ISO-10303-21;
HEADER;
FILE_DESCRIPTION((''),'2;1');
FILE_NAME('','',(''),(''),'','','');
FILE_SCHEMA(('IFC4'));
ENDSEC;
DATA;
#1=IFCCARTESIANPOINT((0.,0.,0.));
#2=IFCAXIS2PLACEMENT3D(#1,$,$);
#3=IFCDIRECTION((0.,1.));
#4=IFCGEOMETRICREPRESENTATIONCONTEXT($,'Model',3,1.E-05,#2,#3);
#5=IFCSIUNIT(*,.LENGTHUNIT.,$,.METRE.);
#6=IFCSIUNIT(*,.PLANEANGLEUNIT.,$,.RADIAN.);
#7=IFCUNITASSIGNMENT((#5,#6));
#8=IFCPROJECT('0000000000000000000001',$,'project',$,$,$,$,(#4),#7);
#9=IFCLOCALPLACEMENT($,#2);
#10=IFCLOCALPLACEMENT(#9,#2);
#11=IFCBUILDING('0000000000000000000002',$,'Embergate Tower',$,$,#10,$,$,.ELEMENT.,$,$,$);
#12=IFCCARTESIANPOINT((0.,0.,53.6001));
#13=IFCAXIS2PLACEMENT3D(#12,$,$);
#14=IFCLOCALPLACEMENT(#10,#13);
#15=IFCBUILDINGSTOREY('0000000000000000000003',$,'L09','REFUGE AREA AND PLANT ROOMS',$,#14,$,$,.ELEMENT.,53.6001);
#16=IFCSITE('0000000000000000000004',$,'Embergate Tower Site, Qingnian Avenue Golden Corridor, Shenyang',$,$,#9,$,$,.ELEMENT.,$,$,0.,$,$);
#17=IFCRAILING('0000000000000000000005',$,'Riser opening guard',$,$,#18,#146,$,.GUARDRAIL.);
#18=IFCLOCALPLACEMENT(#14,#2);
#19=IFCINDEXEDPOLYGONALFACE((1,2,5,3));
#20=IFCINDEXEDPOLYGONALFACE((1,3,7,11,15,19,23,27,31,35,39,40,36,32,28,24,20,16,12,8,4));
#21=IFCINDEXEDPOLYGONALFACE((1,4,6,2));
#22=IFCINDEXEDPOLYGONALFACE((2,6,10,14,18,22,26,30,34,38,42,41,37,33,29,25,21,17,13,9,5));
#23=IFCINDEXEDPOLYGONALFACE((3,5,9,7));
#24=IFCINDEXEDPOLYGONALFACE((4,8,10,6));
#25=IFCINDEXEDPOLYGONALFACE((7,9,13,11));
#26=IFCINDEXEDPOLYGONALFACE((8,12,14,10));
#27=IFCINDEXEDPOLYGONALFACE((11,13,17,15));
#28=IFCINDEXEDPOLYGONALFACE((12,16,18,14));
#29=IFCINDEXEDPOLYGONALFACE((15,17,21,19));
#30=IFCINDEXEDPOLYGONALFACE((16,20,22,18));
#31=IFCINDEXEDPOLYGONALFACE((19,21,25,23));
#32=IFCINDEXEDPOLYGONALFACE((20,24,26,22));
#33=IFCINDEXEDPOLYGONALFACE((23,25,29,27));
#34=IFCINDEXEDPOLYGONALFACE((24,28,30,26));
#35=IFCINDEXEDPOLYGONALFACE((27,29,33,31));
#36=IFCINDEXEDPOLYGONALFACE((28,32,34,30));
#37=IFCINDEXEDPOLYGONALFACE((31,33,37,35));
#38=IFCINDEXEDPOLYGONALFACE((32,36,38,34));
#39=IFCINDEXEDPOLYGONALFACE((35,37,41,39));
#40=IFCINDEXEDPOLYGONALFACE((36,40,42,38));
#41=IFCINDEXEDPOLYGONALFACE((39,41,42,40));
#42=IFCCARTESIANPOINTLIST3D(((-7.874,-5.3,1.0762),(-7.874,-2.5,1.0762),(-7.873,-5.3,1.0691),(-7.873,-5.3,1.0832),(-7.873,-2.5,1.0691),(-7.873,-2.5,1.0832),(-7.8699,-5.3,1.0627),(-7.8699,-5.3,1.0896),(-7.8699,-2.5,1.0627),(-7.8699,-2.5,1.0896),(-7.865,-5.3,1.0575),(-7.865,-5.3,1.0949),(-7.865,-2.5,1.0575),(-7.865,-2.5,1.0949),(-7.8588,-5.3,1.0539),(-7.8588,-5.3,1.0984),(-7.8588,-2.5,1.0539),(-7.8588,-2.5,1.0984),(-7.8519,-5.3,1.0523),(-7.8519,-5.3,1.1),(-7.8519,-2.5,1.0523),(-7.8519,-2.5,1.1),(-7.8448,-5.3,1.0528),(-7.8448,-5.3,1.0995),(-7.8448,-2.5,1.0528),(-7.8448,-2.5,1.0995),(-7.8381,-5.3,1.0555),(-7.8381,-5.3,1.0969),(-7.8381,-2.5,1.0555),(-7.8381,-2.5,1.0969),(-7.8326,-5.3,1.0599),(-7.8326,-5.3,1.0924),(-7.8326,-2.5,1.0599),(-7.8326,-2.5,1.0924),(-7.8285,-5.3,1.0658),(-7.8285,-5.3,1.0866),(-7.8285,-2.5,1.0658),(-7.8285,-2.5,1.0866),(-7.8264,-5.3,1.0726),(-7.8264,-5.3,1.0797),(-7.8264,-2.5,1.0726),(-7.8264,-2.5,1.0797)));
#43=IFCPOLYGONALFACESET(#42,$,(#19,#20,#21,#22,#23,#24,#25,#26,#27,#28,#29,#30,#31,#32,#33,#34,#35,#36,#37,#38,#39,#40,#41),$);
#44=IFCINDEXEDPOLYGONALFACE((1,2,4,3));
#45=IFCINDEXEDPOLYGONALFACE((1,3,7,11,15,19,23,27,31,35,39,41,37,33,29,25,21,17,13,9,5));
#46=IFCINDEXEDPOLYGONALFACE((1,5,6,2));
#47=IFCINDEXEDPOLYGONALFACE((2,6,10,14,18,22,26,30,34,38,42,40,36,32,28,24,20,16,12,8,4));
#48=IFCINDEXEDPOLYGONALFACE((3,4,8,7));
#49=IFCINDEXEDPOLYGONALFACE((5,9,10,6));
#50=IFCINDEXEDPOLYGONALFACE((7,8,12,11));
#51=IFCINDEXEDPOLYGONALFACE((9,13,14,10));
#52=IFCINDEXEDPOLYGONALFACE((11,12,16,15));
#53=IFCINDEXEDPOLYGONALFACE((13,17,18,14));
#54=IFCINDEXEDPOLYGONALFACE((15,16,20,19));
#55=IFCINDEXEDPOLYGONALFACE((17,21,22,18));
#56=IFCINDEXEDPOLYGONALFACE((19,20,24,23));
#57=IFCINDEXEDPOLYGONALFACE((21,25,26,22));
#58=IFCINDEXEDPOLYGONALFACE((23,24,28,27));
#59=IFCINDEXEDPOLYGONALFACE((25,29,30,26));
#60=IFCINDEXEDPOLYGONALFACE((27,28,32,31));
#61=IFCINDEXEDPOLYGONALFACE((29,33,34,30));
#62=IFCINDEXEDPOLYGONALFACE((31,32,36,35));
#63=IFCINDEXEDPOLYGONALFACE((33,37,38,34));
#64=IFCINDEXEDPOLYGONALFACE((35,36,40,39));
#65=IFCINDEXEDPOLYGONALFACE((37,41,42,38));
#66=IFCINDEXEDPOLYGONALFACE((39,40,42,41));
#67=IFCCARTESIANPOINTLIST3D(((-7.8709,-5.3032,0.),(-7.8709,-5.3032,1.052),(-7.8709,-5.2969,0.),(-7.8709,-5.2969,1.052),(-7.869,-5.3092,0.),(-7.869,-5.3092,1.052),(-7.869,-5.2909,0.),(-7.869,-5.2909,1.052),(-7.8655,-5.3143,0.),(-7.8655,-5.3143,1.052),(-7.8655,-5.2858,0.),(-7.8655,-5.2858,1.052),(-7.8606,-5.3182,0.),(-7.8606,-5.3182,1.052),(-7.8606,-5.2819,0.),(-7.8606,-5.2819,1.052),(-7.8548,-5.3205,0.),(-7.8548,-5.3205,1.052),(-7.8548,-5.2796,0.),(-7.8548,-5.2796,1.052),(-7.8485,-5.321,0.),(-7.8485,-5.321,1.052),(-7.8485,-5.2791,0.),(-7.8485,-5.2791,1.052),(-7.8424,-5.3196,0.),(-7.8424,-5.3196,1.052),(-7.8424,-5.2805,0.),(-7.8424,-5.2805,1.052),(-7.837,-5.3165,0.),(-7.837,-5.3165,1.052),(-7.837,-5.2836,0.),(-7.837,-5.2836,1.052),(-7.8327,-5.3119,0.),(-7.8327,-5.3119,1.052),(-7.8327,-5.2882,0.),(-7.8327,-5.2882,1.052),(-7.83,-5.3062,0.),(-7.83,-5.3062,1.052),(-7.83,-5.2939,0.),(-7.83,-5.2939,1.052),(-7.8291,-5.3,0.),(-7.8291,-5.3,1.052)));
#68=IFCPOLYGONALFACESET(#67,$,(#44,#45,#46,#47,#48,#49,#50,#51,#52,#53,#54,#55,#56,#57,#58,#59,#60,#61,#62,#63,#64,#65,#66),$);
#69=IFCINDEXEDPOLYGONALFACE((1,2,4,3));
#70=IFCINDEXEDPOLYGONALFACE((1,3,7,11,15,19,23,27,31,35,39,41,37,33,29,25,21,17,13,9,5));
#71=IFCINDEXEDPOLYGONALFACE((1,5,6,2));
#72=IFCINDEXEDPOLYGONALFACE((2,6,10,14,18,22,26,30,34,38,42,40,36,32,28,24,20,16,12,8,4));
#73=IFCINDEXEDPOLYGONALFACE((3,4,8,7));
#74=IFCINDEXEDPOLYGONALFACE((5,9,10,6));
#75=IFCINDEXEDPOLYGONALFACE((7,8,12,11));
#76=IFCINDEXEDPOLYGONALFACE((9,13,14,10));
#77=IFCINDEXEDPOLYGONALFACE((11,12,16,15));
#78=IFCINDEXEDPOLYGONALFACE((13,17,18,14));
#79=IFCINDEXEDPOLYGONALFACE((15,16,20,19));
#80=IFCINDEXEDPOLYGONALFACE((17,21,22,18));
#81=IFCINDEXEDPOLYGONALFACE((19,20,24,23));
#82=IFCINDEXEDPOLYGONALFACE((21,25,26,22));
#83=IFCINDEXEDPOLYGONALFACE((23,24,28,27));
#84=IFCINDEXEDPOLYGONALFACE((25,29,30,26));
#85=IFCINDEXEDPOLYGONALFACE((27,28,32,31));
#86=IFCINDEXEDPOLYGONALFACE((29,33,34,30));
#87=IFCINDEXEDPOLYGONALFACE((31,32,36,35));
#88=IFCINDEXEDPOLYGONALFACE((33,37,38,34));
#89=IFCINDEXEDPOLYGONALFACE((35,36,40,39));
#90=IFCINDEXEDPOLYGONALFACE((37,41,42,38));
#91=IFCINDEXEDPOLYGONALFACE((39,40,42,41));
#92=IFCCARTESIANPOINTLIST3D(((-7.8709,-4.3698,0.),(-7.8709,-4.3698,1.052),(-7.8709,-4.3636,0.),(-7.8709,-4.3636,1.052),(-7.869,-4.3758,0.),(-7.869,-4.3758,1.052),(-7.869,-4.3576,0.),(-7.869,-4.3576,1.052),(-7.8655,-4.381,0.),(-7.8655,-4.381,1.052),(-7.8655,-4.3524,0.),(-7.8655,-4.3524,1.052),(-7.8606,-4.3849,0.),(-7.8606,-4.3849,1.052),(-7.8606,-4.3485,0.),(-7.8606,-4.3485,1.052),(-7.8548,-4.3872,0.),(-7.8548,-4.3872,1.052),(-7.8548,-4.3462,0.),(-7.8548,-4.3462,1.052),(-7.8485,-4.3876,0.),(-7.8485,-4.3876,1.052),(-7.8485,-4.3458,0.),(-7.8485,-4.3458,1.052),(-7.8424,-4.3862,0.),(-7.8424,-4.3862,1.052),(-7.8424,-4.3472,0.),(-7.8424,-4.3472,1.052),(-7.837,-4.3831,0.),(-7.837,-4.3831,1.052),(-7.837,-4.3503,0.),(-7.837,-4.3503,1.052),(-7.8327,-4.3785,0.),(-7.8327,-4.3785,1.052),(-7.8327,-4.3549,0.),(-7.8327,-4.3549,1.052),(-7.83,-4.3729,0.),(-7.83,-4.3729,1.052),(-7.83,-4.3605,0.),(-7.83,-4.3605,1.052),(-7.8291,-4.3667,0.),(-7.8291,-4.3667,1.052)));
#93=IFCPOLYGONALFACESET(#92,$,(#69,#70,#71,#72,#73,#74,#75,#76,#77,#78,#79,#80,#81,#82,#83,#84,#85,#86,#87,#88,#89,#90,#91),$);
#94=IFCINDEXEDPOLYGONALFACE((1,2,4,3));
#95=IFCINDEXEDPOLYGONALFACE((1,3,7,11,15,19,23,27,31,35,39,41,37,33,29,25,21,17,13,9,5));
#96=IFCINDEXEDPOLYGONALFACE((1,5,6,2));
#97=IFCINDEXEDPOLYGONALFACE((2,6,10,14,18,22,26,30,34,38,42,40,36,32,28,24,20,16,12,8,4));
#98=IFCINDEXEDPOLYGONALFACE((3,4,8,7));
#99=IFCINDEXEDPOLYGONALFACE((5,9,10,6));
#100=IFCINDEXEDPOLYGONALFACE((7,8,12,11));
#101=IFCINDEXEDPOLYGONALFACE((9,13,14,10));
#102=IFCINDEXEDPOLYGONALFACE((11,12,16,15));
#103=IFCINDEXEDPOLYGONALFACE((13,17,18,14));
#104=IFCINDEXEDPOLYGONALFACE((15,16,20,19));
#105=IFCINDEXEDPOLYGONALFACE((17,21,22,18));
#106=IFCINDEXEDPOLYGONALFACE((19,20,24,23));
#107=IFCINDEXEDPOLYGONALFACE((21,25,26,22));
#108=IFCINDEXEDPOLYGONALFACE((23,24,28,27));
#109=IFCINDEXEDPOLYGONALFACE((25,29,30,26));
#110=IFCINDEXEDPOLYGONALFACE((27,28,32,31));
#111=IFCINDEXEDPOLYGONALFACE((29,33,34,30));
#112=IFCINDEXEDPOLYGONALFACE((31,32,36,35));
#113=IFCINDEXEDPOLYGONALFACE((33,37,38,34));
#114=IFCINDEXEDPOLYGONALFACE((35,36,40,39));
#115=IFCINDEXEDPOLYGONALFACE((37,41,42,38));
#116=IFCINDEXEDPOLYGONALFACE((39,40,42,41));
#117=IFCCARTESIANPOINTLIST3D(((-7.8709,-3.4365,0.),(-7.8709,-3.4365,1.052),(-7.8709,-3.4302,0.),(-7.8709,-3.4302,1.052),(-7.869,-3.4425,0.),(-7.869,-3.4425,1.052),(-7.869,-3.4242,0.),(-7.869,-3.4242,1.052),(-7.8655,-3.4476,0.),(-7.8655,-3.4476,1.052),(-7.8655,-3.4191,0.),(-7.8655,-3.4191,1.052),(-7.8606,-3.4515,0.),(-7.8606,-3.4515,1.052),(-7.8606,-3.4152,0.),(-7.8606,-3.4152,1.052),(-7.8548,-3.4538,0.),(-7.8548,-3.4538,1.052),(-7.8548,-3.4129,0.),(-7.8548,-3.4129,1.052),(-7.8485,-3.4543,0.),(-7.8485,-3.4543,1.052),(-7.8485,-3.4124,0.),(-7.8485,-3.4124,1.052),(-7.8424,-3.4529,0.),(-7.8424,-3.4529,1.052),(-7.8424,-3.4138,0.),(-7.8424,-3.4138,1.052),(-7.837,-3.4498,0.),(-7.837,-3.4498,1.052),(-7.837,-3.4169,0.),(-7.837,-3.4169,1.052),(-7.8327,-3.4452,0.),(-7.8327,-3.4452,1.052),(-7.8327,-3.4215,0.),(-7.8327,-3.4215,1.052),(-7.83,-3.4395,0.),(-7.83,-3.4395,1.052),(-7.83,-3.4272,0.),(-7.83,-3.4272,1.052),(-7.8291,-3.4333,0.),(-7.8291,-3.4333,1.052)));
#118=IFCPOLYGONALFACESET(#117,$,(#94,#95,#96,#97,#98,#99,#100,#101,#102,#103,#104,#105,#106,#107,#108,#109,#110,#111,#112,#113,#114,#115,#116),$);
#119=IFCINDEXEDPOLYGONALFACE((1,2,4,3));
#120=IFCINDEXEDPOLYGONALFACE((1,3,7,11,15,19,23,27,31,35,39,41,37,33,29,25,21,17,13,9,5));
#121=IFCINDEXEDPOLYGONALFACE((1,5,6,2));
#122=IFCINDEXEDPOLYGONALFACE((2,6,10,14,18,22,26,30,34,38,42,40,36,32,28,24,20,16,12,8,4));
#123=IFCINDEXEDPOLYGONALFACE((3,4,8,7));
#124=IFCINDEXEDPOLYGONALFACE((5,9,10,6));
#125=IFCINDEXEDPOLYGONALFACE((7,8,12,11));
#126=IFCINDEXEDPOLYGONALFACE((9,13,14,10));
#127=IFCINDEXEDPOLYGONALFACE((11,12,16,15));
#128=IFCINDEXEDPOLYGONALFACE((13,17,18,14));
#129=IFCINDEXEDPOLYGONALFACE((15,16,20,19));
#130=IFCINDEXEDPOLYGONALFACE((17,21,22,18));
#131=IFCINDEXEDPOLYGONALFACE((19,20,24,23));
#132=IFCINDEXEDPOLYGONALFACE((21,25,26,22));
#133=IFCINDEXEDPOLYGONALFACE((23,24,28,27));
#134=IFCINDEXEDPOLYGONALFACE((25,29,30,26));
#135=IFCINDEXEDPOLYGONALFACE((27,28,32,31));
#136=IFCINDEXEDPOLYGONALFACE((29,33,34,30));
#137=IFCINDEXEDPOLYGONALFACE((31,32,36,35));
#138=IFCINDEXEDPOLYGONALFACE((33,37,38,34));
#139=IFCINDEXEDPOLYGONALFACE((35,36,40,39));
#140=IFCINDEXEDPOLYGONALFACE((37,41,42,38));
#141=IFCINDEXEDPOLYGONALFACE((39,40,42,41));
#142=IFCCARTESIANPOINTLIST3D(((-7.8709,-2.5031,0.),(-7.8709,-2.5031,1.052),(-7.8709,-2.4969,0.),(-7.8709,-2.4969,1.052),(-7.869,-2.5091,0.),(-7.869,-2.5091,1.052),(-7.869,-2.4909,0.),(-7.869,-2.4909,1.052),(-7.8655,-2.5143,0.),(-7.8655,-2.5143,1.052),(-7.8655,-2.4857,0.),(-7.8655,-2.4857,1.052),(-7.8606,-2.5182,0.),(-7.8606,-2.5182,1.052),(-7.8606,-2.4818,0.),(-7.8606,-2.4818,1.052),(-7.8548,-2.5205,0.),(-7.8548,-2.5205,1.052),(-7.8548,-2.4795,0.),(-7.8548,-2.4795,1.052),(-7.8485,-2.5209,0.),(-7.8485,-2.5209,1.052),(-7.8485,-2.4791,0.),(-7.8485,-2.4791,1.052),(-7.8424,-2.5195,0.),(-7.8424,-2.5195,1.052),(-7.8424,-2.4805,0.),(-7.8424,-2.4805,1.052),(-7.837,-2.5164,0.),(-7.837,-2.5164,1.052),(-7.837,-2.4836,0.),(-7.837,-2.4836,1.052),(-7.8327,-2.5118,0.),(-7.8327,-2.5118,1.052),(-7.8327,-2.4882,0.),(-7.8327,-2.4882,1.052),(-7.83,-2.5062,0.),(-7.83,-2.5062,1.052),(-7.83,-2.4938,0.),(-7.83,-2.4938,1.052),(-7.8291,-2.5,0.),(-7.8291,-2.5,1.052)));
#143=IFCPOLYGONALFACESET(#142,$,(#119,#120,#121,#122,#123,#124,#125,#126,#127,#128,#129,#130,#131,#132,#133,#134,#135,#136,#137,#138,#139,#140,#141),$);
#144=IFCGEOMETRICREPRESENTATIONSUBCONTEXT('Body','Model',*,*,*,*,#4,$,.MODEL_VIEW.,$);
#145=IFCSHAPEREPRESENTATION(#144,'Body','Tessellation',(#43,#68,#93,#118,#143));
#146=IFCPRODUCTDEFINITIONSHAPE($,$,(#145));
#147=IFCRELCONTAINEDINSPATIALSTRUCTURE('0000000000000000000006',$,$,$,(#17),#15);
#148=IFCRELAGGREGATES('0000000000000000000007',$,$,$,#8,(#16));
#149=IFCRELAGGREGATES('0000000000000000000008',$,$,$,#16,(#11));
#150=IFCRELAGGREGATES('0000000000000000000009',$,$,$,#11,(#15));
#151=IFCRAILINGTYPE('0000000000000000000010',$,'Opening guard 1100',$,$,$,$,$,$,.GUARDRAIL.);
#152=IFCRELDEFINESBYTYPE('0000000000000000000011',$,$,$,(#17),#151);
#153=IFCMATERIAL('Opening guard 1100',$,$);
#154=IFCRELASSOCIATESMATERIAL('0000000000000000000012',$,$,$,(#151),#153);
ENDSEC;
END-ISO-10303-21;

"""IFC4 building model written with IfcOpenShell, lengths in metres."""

from ifc_helpers import new_model, si_unit, direction, frame, origin, origin_2d, place, context, subcontext, project, spatial, circle, extrude, source, transform, mapped, material, type_object, element, save


model = new_model("IFC4")

# Units and contexts
model_context = context("Model", 3, precision=1e-05, world=origin(), true_north=direction((0.0, 1.0)))
body_context = subcontext(model_context, "Body", "Model", "MODEL_VIEW")
ifc_project = project(units=[si_unit("LENGTHUNIT", "METRE"), si_unit("PLANEANGLEUNIT", "RADIAN")], contexts=[model_context])

# Site, building, storey
site_placement = place(None, origin())
site = spatial("IfcSite", under=ifc_project, at=site_placement, Name="Embergate Tower Site, Qingnian Avenue Golden Corridor, Shenyang", CompositionType="ELEMENT", RefElevation=0.0)
building_placement = place(site_placement, origin())
building = spatial("IfcBuilding", under=site, at=building_placement, Name="Embergate Tower", CompositionType="ELEMENT")
storey_placement = place(building_placement, frame((0.0, 0.0, 53.6001)))
storey = spatial("IfcBuildingStorey", under=building, at=storey_placement, Name="L09", Description="REFUGE AREA AND PLANT ROOMS", CompositionType="ELEMENT", Elevation=53.6001)

# Railing
ifc_material_1 = material(Name="Opening guard 1100")
railing_type_1 = type_object("IfcRailingType", Name="Opening guard 1100", PredefinedType="GUARDRAIL", material=ifc_material_1)
shared_shape_1 = source(origin(), body_context, "Body", "SweptSolid", [
    extrude(circle(Radius=0.0239, at=origin_2d()), frame((0.0, 0.0, 1.0762), z_axis=(0.0, 1.0, 0.0), x_axis=(-1.0, 0.0, 0.0)), (0.0, 0.0, 1.0), 2.8),
    extrude(circle(Radius=0.021, at=origin_2d()), origin(), (0.0, 0.0, 1.0), 1.052),
    extrude(circle(Radius=0.021, at=origin_2d()), frame((0.0, 0.9333, 0.0)), (0.0, 0.0, 1.0), 1.052),
    extrude(circle(Radius=0.021, at=origin_2d()), frame((0.0, 1.8667, 0.0)), (0.0, 0.0, 1.0), 1.052),
    extrude(circle(Radius=0.021, at=origin_2d()), frame((0.0, 2.8, 0.0)), (0.0, 0.0, 1.0), 1.052),
])
railing_1_placement = place(storey_placement, frame((-7.8501, -5.3, 0.0)))
element("IfcRailing", 1, at=railing_1_placement, inside=storey, type_object=railing_type_1, Name="Riser opening guard", PredefinedType="GUARDRAIL", context=body_context, shape_type="MappedRepresentation", body=[
    mapped(shared_shape_1, transform((0.0, 0.0, 0.0))),
])

save(model, "model.ifc")
